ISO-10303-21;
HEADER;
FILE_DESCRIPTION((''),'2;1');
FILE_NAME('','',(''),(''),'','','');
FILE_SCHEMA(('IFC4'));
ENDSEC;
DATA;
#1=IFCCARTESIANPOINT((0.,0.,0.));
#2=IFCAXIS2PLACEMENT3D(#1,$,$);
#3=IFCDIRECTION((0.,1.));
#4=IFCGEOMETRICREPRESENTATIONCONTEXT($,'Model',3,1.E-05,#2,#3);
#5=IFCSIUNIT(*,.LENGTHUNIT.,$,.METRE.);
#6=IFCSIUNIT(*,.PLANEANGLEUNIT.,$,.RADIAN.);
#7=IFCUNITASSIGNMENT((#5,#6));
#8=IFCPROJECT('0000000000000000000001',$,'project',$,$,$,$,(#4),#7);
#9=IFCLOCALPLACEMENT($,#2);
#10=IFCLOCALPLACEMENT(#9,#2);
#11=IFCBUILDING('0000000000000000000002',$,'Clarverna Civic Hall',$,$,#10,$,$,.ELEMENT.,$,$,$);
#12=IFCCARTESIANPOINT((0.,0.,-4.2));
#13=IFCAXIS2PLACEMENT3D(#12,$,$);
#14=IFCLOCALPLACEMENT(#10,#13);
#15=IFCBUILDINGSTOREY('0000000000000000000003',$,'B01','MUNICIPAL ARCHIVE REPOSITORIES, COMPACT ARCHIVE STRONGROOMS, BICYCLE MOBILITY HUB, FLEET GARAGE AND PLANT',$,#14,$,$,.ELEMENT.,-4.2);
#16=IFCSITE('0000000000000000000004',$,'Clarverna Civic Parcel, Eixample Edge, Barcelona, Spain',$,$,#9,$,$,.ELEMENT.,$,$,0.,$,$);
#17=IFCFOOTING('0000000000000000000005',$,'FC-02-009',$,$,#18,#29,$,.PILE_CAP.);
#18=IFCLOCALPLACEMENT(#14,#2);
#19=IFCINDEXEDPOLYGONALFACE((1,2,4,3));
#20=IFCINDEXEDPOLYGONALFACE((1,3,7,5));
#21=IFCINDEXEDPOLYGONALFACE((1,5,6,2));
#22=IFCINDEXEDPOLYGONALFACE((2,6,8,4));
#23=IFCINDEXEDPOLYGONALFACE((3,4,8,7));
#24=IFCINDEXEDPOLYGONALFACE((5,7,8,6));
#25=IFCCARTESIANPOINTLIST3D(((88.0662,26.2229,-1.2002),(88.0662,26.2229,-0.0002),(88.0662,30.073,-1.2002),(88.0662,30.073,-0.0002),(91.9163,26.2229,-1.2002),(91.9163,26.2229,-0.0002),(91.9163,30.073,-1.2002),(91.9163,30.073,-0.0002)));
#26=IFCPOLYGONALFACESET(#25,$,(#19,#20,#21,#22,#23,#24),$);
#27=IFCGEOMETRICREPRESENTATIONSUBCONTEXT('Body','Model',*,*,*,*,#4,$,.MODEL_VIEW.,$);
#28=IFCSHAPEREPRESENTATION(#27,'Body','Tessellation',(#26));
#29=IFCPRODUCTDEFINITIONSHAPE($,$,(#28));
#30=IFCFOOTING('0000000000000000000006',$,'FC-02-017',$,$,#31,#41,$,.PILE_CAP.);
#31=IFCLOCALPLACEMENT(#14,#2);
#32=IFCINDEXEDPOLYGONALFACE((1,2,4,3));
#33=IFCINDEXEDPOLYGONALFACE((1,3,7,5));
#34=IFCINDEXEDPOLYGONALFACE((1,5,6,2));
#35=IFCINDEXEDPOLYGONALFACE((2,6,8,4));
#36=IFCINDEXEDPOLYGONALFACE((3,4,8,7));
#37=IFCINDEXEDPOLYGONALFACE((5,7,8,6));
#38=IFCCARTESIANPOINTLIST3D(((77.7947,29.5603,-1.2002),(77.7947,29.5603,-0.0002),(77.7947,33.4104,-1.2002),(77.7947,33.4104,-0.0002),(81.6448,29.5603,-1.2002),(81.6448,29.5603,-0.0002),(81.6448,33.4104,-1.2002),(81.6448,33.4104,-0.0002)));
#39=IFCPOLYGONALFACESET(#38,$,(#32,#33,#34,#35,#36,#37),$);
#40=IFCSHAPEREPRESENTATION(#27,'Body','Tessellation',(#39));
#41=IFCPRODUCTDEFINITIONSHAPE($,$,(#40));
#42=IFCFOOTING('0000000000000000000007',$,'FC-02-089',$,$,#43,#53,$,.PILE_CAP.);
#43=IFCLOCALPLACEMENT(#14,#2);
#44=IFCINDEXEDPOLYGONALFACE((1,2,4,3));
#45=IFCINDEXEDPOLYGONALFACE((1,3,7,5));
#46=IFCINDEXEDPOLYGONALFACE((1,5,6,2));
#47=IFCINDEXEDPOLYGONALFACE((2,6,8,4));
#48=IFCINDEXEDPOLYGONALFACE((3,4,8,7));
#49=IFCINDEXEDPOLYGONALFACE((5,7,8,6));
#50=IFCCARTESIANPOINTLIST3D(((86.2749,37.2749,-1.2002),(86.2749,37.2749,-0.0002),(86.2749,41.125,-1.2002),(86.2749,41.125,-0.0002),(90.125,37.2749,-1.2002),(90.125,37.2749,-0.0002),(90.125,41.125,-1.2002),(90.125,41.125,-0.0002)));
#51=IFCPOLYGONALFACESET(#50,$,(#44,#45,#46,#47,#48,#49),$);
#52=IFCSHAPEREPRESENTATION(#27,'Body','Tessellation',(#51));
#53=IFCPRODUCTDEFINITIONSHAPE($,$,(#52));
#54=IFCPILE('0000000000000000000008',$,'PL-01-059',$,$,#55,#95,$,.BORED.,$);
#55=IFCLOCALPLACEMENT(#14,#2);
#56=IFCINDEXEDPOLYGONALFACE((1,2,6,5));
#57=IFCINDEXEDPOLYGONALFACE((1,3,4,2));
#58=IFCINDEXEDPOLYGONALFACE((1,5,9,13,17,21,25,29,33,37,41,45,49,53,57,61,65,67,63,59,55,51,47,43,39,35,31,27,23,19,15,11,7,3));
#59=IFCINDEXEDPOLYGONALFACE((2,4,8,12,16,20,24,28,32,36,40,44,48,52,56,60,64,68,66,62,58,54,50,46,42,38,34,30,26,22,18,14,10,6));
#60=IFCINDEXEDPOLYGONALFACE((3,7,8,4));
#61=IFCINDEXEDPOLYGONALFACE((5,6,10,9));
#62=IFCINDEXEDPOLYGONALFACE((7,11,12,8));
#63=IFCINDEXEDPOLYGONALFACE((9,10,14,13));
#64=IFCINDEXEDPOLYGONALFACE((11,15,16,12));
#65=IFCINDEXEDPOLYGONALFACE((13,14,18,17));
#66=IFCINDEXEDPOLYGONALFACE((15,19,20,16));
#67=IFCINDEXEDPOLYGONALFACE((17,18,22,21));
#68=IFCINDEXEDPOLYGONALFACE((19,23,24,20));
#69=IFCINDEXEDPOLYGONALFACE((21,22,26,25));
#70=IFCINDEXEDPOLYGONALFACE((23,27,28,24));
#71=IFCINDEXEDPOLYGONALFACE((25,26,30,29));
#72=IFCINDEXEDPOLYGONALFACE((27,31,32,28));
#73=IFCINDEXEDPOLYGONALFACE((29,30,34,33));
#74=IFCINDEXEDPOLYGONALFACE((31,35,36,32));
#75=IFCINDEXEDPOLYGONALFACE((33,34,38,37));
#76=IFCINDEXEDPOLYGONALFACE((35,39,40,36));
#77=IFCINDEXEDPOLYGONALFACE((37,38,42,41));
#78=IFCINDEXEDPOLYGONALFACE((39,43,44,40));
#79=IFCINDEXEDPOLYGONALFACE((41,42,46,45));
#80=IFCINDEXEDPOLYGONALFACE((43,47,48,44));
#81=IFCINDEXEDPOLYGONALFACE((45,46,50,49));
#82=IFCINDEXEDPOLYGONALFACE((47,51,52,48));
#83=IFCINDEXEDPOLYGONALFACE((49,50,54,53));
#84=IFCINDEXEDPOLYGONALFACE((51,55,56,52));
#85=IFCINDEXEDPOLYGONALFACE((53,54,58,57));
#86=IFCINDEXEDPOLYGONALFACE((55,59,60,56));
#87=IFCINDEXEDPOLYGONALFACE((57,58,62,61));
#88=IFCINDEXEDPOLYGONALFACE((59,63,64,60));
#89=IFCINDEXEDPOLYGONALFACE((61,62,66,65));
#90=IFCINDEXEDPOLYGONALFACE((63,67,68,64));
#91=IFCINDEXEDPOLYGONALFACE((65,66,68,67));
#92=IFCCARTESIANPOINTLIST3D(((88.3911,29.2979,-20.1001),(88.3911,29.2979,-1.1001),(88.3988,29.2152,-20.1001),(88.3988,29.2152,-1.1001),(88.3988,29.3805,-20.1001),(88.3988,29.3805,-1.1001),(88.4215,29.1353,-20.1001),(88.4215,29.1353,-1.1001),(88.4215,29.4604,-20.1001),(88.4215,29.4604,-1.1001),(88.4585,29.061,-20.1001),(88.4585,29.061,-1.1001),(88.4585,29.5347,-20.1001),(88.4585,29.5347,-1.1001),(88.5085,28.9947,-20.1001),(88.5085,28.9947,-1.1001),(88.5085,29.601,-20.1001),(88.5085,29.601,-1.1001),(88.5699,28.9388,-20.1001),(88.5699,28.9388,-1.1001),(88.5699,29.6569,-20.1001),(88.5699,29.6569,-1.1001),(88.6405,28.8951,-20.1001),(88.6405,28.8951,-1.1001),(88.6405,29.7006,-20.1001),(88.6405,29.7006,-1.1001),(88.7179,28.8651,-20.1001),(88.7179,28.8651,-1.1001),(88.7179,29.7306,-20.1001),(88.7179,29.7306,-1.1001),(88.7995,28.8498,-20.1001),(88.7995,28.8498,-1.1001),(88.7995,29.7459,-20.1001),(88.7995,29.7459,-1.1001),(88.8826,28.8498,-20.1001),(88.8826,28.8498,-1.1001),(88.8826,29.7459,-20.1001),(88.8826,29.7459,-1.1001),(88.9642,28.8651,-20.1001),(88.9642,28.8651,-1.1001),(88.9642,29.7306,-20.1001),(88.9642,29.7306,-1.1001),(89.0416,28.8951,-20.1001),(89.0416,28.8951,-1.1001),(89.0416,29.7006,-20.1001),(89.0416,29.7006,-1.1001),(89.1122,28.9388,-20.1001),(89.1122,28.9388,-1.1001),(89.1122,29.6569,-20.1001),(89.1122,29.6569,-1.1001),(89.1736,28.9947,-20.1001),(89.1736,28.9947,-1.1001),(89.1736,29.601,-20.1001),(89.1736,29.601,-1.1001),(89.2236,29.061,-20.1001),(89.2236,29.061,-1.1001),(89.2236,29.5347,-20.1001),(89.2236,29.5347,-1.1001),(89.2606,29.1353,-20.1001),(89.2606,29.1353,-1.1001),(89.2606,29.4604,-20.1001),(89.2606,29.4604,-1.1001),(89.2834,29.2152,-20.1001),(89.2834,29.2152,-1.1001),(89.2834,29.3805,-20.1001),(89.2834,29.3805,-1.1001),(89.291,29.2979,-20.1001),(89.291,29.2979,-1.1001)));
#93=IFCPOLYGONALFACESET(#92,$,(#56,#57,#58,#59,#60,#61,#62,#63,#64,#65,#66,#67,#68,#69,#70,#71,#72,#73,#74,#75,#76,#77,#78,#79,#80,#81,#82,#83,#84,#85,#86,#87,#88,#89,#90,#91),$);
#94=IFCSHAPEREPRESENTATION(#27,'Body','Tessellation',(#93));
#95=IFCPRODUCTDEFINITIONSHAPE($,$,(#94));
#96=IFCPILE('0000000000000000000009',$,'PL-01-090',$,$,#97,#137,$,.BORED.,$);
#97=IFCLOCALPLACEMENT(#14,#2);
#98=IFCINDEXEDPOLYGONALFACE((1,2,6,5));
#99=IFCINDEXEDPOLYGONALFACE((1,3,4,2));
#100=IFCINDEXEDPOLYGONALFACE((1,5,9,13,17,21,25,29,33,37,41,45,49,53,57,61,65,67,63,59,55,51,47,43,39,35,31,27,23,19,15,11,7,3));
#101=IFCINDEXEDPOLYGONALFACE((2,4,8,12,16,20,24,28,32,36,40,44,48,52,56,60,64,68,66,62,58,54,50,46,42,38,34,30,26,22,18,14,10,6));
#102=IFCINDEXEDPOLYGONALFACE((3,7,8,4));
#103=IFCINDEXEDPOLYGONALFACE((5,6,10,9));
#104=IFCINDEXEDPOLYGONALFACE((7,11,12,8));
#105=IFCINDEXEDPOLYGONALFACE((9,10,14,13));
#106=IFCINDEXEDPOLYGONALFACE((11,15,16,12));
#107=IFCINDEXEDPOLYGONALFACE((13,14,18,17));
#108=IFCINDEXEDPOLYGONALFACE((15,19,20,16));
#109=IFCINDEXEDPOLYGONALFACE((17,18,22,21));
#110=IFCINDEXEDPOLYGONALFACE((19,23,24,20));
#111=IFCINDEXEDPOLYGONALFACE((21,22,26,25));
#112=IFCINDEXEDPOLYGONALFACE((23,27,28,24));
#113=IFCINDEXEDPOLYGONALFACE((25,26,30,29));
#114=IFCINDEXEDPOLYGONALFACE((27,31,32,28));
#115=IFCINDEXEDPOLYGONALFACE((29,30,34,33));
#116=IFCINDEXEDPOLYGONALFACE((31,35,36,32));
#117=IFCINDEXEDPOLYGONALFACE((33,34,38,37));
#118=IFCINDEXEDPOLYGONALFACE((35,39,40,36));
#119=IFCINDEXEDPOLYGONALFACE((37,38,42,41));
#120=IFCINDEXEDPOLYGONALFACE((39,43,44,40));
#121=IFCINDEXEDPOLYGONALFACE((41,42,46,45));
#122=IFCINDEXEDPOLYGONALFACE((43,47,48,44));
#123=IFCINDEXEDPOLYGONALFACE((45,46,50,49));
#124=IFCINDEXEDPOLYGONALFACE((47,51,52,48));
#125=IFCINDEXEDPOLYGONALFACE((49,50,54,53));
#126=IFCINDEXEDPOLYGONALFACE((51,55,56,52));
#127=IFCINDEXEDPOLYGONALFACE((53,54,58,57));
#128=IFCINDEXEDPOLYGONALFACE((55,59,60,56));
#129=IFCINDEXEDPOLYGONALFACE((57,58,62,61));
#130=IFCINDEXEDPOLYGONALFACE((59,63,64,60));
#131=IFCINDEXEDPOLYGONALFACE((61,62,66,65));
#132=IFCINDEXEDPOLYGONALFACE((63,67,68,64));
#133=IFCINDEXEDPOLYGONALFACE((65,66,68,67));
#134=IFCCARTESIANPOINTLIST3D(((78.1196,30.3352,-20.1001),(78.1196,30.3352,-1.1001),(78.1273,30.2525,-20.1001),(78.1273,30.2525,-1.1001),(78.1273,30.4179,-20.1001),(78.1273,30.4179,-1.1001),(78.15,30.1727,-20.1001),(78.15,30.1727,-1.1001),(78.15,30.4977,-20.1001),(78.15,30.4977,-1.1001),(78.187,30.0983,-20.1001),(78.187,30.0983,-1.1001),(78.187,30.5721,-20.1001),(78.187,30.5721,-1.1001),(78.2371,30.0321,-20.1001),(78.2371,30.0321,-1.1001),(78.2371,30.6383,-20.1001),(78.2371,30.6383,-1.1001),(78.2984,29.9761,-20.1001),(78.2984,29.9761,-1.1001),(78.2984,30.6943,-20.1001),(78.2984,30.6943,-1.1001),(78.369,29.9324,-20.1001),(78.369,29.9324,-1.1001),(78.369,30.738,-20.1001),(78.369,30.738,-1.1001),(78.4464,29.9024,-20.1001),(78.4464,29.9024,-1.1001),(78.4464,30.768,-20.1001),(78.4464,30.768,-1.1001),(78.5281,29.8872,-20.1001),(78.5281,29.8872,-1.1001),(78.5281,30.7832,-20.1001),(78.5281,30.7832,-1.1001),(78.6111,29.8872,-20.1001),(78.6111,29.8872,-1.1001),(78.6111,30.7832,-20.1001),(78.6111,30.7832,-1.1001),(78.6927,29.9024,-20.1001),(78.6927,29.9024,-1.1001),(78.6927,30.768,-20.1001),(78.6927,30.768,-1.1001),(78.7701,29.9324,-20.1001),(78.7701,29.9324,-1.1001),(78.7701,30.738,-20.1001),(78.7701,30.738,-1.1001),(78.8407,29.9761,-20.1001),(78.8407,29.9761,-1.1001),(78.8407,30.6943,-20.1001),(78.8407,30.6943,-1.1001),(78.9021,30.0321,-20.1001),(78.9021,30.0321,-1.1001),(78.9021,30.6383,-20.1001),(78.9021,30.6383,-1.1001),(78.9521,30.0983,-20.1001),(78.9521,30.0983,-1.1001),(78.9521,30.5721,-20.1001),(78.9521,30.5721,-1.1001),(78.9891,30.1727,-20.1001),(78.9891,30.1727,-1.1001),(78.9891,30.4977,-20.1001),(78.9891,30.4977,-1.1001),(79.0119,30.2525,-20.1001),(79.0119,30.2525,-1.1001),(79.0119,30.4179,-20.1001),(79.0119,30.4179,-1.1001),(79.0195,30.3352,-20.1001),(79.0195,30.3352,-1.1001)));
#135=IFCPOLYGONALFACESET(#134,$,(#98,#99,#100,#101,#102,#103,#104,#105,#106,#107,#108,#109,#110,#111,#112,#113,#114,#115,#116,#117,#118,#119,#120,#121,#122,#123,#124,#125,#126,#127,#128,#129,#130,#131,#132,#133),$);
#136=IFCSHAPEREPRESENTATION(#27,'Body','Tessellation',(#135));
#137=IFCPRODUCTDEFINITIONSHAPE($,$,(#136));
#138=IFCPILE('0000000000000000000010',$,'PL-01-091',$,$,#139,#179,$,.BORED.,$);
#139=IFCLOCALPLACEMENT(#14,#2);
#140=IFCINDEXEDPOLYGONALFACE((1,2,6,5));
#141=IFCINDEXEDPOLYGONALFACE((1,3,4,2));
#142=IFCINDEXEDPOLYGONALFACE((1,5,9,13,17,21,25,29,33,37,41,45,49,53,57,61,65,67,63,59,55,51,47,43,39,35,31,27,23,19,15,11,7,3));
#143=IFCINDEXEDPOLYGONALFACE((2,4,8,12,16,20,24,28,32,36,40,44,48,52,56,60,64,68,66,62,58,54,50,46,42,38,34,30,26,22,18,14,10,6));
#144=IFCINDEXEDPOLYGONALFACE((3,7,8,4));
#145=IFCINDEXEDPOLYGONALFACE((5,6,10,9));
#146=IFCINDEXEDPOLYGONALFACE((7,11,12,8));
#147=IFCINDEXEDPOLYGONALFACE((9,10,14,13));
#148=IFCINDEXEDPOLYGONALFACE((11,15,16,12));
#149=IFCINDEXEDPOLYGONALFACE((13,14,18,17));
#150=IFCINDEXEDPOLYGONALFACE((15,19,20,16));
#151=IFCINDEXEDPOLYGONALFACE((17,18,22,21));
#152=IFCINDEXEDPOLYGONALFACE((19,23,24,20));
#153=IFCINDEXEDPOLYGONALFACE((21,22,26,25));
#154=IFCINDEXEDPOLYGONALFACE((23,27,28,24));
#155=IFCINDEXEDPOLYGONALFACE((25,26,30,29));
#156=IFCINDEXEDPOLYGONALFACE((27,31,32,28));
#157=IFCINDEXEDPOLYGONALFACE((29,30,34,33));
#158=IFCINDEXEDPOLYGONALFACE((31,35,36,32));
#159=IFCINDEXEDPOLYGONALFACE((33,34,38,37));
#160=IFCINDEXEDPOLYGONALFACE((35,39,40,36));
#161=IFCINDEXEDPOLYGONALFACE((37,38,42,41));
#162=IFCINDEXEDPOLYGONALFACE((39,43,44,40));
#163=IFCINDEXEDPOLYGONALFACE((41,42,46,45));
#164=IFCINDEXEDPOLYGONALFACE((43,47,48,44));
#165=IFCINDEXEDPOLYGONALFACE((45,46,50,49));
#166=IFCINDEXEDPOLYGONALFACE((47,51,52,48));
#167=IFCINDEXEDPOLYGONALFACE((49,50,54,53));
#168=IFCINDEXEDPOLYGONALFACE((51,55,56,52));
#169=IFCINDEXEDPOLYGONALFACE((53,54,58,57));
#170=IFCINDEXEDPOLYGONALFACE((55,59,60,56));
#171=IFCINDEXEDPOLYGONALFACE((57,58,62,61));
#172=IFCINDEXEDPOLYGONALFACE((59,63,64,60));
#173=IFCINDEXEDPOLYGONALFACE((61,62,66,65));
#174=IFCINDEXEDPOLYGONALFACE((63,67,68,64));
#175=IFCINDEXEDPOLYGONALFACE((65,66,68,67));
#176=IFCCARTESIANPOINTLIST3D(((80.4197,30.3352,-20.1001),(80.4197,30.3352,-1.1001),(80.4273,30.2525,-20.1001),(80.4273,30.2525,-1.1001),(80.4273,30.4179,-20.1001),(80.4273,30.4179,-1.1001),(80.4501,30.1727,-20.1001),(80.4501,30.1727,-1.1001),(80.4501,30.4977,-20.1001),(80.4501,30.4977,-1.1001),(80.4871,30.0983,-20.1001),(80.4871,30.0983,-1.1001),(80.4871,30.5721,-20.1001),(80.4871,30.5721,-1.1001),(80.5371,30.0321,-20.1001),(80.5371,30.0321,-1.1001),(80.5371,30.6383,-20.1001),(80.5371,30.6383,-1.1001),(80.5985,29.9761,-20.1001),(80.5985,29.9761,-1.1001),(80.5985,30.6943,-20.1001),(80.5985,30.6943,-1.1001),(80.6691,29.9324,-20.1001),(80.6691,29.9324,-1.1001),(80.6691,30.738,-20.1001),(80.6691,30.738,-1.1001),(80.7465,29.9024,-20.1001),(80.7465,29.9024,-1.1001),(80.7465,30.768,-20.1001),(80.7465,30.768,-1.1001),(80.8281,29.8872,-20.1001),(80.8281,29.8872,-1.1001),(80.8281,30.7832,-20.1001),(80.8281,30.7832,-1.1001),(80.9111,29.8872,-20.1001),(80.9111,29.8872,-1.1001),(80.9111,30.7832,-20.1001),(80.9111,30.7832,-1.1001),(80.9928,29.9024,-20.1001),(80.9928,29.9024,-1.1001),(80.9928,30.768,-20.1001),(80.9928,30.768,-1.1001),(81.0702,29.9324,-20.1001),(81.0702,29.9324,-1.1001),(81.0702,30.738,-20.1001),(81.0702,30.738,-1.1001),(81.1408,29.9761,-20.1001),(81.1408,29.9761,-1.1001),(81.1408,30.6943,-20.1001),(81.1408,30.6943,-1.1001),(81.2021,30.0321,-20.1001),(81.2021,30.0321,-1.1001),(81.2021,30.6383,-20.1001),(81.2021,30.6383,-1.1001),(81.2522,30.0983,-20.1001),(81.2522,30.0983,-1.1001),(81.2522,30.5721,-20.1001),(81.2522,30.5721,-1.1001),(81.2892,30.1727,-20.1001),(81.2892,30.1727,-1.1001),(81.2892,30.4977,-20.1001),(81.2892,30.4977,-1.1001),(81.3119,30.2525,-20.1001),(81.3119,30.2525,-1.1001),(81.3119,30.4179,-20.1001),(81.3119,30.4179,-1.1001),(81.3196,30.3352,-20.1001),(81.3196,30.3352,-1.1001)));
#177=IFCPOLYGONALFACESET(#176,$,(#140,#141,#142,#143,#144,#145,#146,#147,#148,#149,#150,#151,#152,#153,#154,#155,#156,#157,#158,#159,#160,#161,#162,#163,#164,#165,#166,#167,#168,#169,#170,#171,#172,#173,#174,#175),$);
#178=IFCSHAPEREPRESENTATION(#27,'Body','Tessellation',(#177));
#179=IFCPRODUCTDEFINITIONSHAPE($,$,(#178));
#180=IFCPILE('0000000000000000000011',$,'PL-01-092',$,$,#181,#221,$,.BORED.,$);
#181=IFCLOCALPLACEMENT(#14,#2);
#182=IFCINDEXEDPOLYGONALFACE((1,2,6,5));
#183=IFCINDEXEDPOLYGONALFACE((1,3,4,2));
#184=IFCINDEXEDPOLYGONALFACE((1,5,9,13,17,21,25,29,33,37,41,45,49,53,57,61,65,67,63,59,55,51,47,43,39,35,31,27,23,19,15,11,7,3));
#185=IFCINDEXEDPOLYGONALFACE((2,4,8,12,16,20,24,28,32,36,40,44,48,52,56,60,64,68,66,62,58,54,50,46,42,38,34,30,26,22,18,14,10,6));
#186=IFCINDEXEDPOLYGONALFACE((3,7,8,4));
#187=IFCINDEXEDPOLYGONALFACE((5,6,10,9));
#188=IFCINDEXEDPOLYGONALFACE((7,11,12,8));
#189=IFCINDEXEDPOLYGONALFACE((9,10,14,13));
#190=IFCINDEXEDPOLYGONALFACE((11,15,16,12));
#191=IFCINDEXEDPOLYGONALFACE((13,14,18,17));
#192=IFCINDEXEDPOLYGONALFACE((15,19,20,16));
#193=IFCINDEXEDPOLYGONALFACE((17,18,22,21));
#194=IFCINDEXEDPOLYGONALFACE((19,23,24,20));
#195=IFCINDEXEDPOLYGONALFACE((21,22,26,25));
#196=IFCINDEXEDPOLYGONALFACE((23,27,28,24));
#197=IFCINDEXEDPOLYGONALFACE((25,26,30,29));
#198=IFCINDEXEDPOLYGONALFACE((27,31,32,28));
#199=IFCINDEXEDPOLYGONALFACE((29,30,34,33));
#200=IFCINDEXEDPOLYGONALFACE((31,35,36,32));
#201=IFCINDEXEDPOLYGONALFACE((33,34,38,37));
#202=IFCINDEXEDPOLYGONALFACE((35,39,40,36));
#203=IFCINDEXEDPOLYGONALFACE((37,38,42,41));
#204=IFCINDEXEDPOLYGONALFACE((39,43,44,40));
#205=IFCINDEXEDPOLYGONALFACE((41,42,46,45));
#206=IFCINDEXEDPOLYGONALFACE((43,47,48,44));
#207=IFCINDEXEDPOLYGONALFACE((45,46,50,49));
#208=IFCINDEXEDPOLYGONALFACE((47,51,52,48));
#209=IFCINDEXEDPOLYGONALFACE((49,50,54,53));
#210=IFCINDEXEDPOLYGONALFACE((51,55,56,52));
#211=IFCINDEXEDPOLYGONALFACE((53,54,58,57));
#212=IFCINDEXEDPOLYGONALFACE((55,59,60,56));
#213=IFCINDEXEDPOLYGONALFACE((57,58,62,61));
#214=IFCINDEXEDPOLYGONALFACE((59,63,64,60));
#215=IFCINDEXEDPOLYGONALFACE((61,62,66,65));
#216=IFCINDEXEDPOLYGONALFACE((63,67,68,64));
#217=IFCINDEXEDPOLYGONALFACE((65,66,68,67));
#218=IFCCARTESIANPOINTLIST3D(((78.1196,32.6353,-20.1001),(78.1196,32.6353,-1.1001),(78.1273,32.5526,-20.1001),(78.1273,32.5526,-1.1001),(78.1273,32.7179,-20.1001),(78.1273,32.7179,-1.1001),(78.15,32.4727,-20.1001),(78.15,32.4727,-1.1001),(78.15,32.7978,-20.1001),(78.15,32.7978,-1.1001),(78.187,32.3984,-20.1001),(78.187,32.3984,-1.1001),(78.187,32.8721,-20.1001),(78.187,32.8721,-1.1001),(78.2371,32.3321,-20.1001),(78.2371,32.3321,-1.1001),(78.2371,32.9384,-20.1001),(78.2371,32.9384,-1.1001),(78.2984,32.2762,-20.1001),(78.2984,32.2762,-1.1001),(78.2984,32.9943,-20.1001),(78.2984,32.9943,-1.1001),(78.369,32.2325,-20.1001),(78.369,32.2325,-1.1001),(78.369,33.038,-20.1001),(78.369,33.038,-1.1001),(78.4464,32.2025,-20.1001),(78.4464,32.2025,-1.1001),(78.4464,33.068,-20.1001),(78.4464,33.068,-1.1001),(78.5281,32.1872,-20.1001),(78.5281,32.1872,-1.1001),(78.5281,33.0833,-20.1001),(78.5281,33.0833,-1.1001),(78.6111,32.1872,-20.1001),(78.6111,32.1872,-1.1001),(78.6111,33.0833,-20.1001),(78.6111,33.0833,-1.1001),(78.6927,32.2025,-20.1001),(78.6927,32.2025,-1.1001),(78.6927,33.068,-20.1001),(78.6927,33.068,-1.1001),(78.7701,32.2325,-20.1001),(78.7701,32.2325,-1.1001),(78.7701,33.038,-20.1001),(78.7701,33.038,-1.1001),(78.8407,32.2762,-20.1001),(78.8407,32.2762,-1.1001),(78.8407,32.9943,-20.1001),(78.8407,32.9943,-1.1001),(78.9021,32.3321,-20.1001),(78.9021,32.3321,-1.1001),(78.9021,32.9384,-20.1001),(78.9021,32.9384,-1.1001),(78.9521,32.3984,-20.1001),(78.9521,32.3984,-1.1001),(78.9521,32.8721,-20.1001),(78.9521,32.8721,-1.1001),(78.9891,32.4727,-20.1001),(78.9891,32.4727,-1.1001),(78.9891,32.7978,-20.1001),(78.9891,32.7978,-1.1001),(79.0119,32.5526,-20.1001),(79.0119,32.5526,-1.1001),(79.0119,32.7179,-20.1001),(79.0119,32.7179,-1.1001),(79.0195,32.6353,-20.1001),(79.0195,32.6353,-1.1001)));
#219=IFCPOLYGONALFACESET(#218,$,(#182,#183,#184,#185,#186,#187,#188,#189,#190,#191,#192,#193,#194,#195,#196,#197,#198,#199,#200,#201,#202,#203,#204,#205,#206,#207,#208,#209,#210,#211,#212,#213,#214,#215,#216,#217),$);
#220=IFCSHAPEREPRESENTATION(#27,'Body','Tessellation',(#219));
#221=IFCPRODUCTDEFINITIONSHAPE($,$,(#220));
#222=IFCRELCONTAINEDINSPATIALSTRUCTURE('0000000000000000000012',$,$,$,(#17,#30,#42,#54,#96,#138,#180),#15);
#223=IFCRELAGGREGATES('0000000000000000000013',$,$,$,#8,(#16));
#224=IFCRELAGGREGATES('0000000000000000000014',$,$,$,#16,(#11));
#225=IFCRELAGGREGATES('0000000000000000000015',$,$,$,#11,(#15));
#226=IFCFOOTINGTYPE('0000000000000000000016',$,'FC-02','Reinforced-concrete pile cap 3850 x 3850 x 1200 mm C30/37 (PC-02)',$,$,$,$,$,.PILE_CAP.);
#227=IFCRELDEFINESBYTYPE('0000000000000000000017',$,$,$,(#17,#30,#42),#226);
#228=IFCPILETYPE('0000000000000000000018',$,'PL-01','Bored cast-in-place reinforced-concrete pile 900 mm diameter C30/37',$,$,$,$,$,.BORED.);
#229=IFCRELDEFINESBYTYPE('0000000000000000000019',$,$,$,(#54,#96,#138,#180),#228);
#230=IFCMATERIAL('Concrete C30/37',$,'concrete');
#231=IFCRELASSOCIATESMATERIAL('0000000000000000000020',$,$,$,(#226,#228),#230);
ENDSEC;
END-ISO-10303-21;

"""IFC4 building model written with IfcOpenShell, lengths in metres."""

from ifc_helpers import new_model, si_unit, direction, frame, origin, origin_2d, place, context, subcontext, project, spatial, rectangle, circle, extrude, material, material_profile, profile_set, type_object, element, save


model = new_model("IFC4")

# Units and contexts
model_context = context("Model", 3, precision=1e-05, world=origin(), true_north=direction((0.0, 1.0)))
body_context = subcontext(model_context, "Body", "Model", "MODEL_VIEW")
ifc_project = project(units=[si_unit("LENGTHUNIT", "METRE"), si_unit("PLANEANGLEUNIT", "RADIAN")], contexts=[model_context])

# Site, building, storey
site_placement = place(None, origin())
site = spatial("IfcSite", under=ifc_project, at=site_placement, Name="Clarverna Civic Parcel, Eixample Edge, Barcelona, Spain", CompositionType="ELEMENT", RefElevation=0.0)
building_placement = place(site_placement, origin())
building = spatial("IfcBuilding", under=site, at=building_placement, Name="Clarverna Civic Hall", CompositionType="ELEMENT")
storey_placement = place(building_placement, frame((0.0, 0.0, -4.2)))
storey = spatial("IfcBuildingStorey", under=building, at=storey_placement, Name="B01", Description="MUNICIPAL ARCHIVE REPOSITORIES, COMPACT ARCHIVE STRONGROOMS, BICYCLE MOBILITY HUB, FLEET GARAGE AND PLANT", CompositionType="ELEMENT", Elevation=-4.2)

# Footings
ifc_material_1 = material(Name="Concrete C30/37", Category="concrete")
footing_type = type_object("IfcFootingType", Name="FC-02", Description="Reinforced-concrete pile cap 3850 x 3850 x 1200 mm C30/37 (PC-02)", PredefinedType="PILE_CAP", material=ifc_material_1)
for number, where, z_axis, x_axis, name in (
    (1, (89.9912, 28.1479, -1.2002), (0.0, 0.0, 1.0), (1.0, 0.0, 0.0), "FC-02-009"),
    (2, (79.7197, 31.4854, -1.2002), (0.0, 0.0, 1.0), (1.0, 0.0, 0.0), "FC-02-017"),
    (3, (88.2, 39.2, -1.2002), (0.0, 0.0, 1.0), (1.0, 0.0, 0.0), "FC-02-089"),
):
    element("IfcFooting", number, at=place(storey_placement, frame(where, z_axis=z_axis, x_axis=x_axis)), inside=storey, type_object=footing_type, Name=name, PredefinedType="PILE_CAP", context=body_context, shape_type="SweptSolid", body=[
        extrude(rectangle(XDim=3.8501, YDim=3.8501, at=origin_2d()), origin(), (0.0, 0.0, 1.0), 1.2),
    ])

# Piles
ifc_material_profile_1 = material_profile(ifc_material_1, circle(Radius=0.45, at=origin_2d()), Name="BORED PILE D900")
ifc_profile_set_1 = profile_set([ifc_material_profile_1], Name="Concrete C30/37")
pile_type_1 = type_object("IfcPileType", Name="PL-01", Description="Bored cast-in-place reinforced-concrete pile 900 mm diameter C30/37", PredefinedType="BORED", material=ifc_profile_set_1)
for number, where, z_axis, x_axis, name in (
    (4, (88.8411, 29.2979, -1.1001), (0.0, 0.0, -1.0), (1.0, 0.0, 0.0), "PL-01-059"),
    (5, (78.5696, 30.3352, -1.1001), (0.0, 0.0, -1.0), (1.0, 0.0, 0.0), "PL-01-090"),
    (6, (80.8696, 30.3352, -1.1001), (0.0, 0.0, -1.0), (1.0, 0.0, 0.0), "PL-01-091"),
    (7, (78.5696, 32.6353, -1.1001), (0.0, 0.0, -1.0), (1.0, 0.0, 0.0), "PL-01-092"),
):
    element("IfcPile", number, at=place(storey_placement, frame(where, z_axis=z_axis, x_axis=x_axis)), inside=storey, type_object=pile_type_1, Name=name, PredefinedType="BORED", context=body_context, shape_type="SweptSolid", body=[
        extrude(circle(Radius=0.45, at=origin_2d()), origin(), (0.0, 0.0, 1.0), 19.0),
    ])

save(model, "model.ifc")
